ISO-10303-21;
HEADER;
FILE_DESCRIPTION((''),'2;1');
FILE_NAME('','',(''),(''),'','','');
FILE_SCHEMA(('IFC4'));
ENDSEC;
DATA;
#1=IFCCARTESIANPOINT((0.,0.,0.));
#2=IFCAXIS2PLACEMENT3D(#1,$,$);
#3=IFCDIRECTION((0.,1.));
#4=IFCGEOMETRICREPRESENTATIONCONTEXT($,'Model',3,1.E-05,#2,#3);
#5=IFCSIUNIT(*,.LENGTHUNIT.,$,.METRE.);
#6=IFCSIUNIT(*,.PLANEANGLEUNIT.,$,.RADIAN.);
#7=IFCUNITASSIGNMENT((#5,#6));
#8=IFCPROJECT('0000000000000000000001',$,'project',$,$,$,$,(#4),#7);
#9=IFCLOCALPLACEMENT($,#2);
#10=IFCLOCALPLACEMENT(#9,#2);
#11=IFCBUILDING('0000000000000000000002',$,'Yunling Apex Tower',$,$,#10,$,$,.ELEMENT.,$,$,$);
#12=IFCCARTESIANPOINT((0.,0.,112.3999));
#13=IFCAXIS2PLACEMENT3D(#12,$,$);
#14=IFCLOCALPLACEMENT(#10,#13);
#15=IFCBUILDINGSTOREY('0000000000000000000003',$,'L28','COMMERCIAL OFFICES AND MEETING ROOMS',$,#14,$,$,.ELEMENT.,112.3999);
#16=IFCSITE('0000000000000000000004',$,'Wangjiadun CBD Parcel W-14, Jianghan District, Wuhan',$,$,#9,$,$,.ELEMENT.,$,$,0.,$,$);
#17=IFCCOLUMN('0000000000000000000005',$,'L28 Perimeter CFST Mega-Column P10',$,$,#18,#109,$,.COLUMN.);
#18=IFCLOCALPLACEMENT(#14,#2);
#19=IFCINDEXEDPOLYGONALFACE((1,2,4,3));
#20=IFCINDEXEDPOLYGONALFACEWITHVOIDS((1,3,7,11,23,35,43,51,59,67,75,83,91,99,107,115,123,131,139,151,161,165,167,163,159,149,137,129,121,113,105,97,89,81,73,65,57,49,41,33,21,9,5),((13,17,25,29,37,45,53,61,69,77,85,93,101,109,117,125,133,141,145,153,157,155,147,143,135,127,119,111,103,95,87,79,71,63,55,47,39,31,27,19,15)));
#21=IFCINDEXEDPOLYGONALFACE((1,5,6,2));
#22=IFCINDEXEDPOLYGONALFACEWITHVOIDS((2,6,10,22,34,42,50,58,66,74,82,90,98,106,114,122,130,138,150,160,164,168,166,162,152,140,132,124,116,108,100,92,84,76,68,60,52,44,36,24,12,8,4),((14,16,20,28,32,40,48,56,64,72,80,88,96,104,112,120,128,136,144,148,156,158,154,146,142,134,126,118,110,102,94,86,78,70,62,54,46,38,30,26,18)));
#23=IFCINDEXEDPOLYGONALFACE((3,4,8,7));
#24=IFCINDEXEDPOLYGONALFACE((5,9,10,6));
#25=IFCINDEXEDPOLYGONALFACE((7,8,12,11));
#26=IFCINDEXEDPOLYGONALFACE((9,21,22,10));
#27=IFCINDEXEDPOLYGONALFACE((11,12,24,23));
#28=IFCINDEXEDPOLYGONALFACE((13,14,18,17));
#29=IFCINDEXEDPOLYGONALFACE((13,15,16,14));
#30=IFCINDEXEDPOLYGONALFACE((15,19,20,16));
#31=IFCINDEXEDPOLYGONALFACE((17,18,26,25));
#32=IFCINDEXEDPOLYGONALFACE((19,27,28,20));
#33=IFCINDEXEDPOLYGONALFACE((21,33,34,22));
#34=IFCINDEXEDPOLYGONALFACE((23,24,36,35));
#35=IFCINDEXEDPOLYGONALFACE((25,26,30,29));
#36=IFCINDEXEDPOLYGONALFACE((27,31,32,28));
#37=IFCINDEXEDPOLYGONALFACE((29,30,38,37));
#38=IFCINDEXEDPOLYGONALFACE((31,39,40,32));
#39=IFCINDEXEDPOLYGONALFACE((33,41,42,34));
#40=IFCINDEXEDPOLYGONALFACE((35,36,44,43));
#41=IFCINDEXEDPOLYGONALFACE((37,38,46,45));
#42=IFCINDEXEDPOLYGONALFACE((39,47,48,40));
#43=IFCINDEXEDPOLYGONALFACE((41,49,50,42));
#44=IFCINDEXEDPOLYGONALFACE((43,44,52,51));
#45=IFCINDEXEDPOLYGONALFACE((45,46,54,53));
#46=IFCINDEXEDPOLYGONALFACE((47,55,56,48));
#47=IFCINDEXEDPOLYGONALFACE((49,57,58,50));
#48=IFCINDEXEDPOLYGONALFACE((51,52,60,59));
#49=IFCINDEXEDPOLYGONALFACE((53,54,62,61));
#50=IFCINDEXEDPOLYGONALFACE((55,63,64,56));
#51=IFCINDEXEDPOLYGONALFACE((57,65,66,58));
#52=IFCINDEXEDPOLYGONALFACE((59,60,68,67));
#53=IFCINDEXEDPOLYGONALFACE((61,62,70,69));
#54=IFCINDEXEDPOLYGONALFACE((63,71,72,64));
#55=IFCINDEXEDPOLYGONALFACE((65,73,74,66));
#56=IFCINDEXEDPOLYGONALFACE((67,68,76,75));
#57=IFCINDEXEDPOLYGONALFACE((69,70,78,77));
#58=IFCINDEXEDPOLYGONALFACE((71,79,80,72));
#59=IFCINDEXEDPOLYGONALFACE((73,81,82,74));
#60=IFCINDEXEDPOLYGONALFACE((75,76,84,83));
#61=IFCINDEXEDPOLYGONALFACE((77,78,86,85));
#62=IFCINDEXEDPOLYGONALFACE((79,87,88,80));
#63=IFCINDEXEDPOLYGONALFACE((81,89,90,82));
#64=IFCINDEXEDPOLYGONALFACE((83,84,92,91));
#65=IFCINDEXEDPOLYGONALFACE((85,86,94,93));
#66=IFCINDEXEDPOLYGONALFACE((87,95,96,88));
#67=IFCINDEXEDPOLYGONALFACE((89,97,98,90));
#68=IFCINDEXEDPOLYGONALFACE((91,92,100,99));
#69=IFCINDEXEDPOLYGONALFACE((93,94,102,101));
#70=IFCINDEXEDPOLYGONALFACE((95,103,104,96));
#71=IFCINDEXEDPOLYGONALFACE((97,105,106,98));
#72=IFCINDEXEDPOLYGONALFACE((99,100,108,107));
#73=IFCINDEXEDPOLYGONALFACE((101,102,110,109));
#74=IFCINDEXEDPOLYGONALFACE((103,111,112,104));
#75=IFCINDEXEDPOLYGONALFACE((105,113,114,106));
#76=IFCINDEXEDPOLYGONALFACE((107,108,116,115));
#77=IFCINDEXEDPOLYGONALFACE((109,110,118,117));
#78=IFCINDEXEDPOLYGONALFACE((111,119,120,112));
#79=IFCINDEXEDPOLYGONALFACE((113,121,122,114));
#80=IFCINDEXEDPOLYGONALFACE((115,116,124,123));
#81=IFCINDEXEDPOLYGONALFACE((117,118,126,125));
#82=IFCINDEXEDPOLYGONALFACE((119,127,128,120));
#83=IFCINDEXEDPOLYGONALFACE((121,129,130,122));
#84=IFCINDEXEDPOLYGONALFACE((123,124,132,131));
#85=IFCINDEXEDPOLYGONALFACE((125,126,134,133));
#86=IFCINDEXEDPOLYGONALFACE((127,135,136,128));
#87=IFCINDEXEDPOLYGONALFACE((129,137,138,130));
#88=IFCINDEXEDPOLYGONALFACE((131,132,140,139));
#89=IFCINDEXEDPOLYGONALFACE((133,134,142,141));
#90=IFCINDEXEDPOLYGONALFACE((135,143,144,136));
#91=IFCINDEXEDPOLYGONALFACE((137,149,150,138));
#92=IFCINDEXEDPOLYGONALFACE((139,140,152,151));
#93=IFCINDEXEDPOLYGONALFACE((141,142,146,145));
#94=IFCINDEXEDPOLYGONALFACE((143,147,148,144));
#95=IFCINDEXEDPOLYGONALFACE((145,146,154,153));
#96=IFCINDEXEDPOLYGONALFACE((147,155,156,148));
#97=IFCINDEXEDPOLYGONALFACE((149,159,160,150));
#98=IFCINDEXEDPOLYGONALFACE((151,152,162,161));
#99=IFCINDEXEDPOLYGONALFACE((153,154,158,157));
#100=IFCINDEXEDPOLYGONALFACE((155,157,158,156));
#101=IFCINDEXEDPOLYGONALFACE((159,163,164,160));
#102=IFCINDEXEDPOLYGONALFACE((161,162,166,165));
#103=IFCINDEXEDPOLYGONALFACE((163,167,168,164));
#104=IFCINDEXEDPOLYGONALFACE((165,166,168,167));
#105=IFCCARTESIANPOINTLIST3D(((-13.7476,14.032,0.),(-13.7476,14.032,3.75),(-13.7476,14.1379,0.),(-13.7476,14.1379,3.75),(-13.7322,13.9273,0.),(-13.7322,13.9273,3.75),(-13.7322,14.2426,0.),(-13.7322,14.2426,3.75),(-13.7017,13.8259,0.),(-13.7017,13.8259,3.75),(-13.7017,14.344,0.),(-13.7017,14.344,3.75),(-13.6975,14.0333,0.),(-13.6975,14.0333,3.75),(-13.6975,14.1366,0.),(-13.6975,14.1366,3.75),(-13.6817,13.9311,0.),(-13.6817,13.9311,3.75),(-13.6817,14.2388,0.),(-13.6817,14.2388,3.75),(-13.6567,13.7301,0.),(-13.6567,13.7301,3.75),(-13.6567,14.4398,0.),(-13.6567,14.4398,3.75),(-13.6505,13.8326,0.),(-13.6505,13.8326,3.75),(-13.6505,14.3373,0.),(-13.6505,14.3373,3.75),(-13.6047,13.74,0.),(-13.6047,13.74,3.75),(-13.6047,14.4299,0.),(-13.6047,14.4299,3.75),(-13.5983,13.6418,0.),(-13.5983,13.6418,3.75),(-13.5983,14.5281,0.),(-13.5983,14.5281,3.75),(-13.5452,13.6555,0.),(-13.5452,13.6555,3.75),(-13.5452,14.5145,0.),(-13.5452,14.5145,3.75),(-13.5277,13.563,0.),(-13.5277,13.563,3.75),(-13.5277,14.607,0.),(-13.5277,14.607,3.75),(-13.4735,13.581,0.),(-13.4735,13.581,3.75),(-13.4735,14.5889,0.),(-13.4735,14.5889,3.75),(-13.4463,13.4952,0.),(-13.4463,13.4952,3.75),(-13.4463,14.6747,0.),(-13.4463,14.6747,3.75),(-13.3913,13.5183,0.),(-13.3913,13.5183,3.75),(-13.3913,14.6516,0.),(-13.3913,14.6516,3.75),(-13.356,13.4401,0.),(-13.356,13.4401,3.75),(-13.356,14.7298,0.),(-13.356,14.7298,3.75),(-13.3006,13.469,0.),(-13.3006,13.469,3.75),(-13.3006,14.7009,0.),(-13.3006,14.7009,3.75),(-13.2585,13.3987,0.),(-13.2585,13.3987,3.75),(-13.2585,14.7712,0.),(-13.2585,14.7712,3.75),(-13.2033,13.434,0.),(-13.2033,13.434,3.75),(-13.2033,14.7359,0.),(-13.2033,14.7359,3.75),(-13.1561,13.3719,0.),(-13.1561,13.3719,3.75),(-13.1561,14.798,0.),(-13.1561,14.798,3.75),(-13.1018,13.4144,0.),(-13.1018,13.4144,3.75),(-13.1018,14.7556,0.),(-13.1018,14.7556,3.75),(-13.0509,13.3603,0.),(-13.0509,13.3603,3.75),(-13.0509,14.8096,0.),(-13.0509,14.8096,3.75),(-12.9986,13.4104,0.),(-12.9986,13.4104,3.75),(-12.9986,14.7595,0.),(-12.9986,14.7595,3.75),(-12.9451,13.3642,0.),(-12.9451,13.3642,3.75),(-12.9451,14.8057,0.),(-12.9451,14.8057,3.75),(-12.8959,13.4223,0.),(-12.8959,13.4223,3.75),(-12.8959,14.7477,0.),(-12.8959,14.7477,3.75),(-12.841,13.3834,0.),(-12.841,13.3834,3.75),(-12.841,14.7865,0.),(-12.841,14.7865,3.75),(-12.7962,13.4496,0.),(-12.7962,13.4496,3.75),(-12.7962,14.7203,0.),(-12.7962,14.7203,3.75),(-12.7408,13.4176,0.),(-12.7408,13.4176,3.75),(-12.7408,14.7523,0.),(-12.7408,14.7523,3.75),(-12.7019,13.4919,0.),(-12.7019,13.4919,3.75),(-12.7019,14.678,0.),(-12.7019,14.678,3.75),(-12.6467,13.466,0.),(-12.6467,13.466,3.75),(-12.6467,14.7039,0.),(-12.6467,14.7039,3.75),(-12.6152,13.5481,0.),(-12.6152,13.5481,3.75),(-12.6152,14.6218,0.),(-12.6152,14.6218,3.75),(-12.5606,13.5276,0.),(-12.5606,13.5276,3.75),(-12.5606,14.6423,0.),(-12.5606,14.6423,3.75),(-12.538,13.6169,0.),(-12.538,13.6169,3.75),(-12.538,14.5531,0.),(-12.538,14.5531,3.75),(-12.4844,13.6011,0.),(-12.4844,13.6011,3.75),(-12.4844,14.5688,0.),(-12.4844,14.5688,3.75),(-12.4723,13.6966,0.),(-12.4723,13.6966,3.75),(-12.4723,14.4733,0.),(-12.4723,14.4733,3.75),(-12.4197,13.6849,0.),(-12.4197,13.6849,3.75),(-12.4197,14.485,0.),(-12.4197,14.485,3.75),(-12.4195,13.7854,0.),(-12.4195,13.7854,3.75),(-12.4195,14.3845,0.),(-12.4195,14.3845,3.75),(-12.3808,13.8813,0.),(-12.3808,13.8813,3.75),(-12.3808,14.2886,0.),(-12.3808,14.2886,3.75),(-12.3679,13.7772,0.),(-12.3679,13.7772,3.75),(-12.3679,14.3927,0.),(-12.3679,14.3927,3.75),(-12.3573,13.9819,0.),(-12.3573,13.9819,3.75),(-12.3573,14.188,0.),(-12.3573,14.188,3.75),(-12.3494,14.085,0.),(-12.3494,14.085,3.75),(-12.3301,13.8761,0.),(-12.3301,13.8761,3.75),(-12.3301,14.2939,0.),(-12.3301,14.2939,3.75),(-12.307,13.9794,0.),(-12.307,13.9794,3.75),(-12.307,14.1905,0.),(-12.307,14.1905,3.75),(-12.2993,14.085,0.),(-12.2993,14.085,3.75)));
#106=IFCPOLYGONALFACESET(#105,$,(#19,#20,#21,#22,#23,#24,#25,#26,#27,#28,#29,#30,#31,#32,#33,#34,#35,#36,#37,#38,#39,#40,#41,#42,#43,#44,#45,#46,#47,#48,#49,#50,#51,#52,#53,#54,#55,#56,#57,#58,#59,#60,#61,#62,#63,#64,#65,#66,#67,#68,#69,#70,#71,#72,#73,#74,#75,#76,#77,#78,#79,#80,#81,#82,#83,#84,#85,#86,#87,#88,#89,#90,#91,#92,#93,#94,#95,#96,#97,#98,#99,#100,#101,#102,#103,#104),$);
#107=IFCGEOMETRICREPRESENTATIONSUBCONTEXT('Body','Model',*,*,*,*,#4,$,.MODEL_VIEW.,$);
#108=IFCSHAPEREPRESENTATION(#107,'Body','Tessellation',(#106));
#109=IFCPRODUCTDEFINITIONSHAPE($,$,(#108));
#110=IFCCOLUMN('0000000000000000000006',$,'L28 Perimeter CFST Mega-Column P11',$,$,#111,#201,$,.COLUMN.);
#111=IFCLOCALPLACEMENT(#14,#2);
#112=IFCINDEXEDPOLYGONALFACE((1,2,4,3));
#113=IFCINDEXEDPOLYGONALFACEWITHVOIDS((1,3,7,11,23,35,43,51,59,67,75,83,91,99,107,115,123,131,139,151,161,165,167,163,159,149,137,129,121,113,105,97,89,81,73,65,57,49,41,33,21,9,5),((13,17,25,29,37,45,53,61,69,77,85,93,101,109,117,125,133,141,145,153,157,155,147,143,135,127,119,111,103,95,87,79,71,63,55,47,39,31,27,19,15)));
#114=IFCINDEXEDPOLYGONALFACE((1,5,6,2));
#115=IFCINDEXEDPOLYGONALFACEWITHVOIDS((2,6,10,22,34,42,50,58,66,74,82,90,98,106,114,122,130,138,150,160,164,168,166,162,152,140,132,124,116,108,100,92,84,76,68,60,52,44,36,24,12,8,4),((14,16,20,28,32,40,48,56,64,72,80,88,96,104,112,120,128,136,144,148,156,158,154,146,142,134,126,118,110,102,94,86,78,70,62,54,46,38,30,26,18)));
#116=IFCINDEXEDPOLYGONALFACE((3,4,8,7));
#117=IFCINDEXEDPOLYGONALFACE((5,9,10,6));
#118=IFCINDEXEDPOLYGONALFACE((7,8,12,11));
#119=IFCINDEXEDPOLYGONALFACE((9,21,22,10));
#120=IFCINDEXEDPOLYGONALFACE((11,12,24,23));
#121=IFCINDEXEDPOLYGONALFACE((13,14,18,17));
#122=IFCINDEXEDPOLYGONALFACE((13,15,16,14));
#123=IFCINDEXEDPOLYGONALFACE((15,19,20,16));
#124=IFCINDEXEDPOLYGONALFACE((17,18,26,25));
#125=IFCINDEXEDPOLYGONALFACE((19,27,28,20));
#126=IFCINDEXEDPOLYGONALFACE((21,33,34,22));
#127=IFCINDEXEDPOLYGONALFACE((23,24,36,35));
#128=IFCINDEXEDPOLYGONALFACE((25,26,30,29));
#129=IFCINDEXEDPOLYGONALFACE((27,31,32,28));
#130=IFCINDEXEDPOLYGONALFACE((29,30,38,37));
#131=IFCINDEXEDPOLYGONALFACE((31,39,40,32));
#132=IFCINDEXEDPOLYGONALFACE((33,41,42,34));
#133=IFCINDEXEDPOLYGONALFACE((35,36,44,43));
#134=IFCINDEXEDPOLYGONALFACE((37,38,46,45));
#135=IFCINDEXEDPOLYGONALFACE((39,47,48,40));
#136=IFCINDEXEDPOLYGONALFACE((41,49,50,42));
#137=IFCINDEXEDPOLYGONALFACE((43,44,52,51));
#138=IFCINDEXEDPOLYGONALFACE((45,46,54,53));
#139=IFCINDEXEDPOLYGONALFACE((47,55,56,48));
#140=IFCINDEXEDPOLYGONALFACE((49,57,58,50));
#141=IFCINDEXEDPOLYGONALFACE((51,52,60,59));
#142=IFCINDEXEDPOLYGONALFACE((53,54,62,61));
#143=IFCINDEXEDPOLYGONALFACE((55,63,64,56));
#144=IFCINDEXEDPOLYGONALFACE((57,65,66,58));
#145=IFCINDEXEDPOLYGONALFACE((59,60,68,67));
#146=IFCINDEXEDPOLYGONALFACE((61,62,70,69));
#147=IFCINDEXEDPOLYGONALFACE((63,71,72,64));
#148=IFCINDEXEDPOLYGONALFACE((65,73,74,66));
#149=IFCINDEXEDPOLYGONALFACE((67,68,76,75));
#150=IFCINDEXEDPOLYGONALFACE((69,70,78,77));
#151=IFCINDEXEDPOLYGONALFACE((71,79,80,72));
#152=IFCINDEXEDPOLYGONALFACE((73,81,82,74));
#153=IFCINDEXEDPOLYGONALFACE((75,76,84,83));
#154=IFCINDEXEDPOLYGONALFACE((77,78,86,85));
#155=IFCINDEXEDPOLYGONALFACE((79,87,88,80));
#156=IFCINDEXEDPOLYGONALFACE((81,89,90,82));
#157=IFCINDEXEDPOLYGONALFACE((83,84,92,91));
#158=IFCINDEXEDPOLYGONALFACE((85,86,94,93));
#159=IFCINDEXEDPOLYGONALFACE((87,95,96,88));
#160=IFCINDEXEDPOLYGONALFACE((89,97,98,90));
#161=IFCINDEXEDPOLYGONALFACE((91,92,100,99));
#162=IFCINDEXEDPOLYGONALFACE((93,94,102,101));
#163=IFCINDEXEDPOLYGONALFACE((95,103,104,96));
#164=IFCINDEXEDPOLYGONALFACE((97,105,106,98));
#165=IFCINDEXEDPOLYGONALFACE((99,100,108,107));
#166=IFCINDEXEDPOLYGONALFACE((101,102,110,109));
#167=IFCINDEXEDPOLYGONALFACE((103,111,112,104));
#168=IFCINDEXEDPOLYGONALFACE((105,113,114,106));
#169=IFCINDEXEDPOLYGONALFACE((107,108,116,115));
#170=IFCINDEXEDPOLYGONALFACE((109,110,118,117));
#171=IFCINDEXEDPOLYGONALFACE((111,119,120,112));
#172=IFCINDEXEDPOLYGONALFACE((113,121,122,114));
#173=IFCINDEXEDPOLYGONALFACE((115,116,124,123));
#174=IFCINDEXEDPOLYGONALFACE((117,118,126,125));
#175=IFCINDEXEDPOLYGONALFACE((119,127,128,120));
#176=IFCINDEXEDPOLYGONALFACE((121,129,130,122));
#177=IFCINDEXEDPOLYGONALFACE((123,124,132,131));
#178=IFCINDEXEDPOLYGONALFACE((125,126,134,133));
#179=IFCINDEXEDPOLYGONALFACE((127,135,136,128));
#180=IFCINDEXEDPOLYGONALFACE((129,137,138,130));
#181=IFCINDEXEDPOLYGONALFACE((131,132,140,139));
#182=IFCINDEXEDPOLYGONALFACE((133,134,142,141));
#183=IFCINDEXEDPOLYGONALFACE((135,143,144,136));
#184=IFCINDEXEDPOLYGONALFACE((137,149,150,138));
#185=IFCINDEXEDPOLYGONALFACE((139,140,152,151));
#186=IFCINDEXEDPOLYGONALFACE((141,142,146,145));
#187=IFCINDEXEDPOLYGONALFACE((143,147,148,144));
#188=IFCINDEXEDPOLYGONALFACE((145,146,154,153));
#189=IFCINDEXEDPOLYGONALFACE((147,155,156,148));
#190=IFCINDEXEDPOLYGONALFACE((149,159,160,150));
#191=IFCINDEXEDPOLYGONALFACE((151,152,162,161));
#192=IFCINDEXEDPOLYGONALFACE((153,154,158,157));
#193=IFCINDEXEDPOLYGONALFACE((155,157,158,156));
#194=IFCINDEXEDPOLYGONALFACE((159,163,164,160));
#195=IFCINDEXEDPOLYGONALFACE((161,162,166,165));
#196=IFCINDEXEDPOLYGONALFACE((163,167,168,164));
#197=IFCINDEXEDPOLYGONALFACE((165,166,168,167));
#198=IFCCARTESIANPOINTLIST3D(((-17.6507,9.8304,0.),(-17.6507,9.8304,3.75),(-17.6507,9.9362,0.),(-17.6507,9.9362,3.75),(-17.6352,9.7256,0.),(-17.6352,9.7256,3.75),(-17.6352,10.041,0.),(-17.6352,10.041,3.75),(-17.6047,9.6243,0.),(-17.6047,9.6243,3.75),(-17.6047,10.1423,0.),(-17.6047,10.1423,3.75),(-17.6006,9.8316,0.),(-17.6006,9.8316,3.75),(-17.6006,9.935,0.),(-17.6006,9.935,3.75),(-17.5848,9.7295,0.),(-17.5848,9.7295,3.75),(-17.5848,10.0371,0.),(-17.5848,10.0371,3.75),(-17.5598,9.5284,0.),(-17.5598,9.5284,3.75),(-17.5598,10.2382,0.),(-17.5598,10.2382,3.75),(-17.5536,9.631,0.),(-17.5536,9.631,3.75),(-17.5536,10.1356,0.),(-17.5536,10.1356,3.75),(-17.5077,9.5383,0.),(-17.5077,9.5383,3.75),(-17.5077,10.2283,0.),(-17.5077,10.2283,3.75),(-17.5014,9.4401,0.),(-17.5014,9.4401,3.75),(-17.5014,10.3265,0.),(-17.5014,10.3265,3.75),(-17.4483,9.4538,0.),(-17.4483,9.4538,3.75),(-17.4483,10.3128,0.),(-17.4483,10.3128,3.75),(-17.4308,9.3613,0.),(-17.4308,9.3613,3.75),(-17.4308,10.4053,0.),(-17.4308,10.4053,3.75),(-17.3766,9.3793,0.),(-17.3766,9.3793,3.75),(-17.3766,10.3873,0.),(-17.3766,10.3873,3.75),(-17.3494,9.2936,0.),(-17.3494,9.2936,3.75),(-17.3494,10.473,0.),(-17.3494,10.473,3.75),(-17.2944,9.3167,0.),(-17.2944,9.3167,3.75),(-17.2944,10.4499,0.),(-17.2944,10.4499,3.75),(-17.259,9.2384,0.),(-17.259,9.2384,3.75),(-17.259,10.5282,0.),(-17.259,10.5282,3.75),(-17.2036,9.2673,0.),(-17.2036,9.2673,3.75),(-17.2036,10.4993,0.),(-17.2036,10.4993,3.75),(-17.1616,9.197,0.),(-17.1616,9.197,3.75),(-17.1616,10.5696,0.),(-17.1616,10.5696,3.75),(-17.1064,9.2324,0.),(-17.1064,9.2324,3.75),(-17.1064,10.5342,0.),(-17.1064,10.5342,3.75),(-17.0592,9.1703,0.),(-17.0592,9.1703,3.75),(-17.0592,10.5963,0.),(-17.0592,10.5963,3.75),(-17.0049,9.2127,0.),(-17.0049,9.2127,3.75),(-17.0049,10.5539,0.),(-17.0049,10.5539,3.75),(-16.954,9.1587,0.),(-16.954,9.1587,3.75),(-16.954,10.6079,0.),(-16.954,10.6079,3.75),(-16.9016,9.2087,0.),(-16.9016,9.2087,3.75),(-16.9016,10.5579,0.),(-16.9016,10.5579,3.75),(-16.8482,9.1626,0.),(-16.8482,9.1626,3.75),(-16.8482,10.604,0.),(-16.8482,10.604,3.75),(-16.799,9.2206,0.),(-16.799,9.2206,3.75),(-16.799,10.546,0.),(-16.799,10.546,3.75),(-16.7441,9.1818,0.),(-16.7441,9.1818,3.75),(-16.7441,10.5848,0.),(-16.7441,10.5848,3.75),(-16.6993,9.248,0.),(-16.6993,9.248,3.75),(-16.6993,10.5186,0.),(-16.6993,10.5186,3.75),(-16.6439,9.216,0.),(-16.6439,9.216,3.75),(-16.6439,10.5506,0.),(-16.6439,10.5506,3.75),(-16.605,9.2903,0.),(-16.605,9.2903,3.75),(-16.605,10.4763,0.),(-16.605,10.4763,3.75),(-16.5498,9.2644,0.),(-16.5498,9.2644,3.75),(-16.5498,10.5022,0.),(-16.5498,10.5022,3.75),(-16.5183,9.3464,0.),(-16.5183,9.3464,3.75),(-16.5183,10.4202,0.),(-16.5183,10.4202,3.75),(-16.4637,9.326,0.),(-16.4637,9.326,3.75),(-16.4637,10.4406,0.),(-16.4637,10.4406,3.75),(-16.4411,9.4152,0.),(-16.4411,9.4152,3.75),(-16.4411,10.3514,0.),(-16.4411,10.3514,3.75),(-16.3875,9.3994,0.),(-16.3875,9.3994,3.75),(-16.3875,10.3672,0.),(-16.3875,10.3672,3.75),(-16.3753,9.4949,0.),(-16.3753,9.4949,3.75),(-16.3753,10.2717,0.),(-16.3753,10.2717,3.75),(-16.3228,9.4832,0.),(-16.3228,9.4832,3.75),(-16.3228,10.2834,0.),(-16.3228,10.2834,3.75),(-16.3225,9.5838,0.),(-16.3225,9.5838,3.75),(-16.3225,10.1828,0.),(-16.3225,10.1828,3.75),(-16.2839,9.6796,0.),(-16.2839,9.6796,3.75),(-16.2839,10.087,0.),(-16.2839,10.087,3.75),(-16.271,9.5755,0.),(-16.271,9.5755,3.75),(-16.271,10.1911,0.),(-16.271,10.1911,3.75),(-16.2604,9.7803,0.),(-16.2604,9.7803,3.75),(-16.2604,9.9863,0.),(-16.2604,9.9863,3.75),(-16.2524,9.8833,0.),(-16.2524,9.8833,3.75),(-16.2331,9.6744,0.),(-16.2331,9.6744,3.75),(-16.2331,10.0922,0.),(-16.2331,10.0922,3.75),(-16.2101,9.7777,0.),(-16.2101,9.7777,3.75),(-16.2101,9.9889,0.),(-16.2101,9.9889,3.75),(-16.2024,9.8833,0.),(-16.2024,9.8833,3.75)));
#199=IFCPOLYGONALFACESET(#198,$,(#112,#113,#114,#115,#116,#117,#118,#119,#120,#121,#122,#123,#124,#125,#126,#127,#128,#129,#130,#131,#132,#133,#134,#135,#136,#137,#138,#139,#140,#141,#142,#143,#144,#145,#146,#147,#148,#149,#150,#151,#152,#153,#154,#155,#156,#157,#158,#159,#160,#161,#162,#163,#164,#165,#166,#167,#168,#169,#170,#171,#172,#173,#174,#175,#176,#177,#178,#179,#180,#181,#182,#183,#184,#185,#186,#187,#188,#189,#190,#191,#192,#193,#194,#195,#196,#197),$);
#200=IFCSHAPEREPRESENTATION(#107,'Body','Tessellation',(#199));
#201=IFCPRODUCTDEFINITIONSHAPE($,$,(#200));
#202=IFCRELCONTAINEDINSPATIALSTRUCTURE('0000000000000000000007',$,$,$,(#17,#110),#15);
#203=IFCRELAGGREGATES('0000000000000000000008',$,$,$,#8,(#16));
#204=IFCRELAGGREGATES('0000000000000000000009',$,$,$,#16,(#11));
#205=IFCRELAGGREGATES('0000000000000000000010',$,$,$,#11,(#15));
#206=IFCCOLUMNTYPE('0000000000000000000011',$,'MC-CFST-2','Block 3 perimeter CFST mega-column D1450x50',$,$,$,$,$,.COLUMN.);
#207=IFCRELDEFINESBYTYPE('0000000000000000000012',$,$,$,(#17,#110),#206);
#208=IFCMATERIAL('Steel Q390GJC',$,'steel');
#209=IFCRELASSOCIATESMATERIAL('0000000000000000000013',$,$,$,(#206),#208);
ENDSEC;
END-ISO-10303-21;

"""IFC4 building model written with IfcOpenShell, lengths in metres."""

from ifc_helpers import new_model, si_unit, direction, frame, origin, origin_2d, place, context, subcontext, project, spatial, hollow_circle, extrude, source, transform, mapped, material, material_profile, profile_set, type_object, element, save


model = new_model("IFC4")

# Units and contexts
model_context = context("Model", 3, precision=1e-05, world=origin(), true_north=direction((0.0, 1.0)))
body_context = subcontext(model_context, "Body", "Model", "MODEL_VIEW")
ifc_project = project(units=[si_unit("LENGTHUNIT", "METRE"), si_unit("PLANEANGLEUNIT", "RADIAN")], contexts=[model_context])

# Site, building, storey
site_placement = place(None, origin())
site = spatial("IfcSite", under=ifc_project, at=site_placement, Name="Wangjiadun CBD Parcel W-14, Jianghan District, Wuhan", CompositionType="ELEMENT", RefElevation=0.0)
building_placement = place(site_placement, origin())
building = spatial("IfcBuilding", under=site, at=building_placement, Name="Yunling Apex Tower", CompositionType="ELEMENT")
storey_placement = place(building_placement, frame((0.0, 0.0, 112.3999)))
storey = spatial("IfcBuildingStorey", under=building, at=storey_placement, Name="L28", Description="COMMERCIAL OFFICES AND MEETING ROOMS", CompositionType="ELEMENT", Elevation=112.3999)

# Columns
ifc_material_1 = material(Name="Steel Q390GJC", Category="steel")
ifc_material_profile_1 = material_profile(ifc_material_1, hollow_circle(Radius=0.7251, WallThickness=0.05, at=origin_2d()))
ifc_profile_set_1 = profile_set([ifc_material_profile_1], Name="Steel Q390GJC")
column_type = type_object("IfcColumnType", Name="MC-CFST-2", Description="Block 3 perimeter CFST mega-column D1450x50", PredefinedType="COLUMN", material=ifc_profile_set_1)
shared_shape_1 = source(origin(), body_context, "Body", "SweptSolid", [
    extrude(hollow_circle(Radius=0.7251, WallThickness=0.05, at=origin_2d()), origin(), (0.0, 0.0, 1.0), 3.75),
])
for number, where, z_axis, x_axis, name in (
    (1, (-13.0244, 14.085, 0.0), (0.0, 0.0, 1.0), (1.0, 0.0, 0.0), "L28 Perimeter CFST Mega-Column P10"),
    (2, (-16.9275, 9.8833, 0.0), (0.0, 0.0, 1.0), (1.0, 0.0, 0.0), "L28 Perimeter CFST Mega-Column P11"),
):
    element("IfcColumn", number, at=place(storey_placement, frame(where, z_axis=z_axis, x_axis=x_axis)), inside=storey, type_object=column_type, Name=name, PredefinedType="COLUMN", context=body_context, shape_type="MappedRepresentation", body=[
        mapped(shared_shape_1, transform((0.0, 0.0, 0.0), scale=1.0)),
    ])

save(model, "model.ifc")
